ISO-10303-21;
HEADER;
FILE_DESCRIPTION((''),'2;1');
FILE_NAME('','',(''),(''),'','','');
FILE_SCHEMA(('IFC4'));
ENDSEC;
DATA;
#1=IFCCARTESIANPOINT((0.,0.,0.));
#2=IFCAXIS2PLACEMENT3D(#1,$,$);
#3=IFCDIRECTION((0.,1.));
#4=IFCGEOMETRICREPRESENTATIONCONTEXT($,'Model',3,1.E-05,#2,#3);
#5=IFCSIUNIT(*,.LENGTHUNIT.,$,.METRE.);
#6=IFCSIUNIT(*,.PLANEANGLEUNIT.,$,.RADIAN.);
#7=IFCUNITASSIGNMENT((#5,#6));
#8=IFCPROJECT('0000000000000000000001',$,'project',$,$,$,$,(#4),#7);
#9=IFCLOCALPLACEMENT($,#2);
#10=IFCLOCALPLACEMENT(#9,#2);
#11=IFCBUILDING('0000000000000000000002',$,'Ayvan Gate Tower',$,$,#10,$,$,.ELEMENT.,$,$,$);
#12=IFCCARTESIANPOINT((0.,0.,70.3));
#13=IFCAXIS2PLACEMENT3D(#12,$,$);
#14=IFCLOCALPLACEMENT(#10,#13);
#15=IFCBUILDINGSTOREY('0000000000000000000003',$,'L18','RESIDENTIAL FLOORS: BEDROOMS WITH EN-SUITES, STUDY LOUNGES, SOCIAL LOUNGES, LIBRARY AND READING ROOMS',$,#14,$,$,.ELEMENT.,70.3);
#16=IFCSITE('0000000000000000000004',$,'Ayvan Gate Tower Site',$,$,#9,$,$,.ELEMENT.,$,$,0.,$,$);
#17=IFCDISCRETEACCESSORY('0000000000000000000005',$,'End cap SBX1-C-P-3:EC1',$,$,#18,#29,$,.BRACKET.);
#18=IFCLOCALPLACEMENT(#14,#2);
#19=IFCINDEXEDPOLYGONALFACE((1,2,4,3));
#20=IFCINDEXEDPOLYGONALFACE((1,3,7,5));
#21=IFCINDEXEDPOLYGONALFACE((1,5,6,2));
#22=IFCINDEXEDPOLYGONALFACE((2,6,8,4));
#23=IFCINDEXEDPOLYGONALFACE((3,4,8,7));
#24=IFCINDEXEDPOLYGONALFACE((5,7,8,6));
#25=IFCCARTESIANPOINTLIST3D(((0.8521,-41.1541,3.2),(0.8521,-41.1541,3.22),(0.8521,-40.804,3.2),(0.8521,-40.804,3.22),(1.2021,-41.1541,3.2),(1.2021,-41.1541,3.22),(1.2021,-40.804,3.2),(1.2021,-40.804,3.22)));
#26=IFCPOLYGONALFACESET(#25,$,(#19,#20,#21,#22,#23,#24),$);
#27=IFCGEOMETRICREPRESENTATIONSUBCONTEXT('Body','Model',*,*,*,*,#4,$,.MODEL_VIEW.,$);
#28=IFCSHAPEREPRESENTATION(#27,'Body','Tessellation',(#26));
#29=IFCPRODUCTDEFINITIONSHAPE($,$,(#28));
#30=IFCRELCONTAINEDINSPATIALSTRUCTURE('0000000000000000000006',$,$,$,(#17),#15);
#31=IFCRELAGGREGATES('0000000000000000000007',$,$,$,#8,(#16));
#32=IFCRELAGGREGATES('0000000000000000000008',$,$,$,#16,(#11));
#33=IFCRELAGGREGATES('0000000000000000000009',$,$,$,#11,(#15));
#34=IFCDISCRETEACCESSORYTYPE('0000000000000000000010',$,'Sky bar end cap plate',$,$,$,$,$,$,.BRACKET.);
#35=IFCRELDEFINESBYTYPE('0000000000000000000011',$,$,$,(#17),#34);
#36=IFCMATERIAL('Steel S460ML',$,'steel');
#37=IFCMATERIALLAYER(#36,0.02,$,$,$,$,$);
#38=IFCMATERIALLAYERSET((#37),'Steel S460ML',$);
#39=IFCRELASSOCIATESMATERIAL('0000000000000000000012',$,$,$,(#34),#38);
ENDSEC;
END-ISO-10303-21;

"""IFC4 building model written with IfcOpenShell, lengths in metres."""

from ifc_helpers import new_model, si_unit, direction, frame, origin, origin_2d, place, context, subcontext, project, spatial, rectangle, extrude, material, layer, layer_set, type_object, element, save


model = new_model("IFC4")

# Units and contexts
model_context = context("Model", 3, precision=1e-05, world=origin(), true_north=direction((0.0, 1.0)))
body_context = subcontext(model_context, "Body", "Model", "MODEL_VIEW")
ifc_project = project(units=[si_unit("LENGTHUNIT", "METRE"), si_unit("PLANEANGLEUNIT", "RADIAN")], contexts=[model_context])

# Site, building, storey
site_placement = place(None, origin())
site = spatial("IfcSite", under=ifc_project, at=site_placement, Name="Ayvan Gate Tower Site", CompositionType="ELEMENT", RefElevation=0.0)
building_placement = place(site_placement, origin())
building = spatial("IfcBuilding", under=site, at=building_placement, Name="Ayvan Gate Tower", CompositionType="ELEMENT")
storey_placement = place(building_placement, frame((0.0, 0.0, 70.3)))
storey = spatial("IfcBuildingStorey", under=building, at=storey_placement, Name="L18", Description="RESIDENTIAL FLOORS: BEDROOMS WITH EN-SUITES, STUDY LOUNGES, SOCIAL LOUNGES, LIBRARY AND READING ROOMS", CompositionType="ELEMENT", Elevation=70.3)

# Discrete accessory
ifc_material_1 = material(Name="Steel S460ML", Category="steel")
ifc_layer_1 = layer(ifc_material_1, 0.02)
ifc_layer_set_1 = layer_set([ifc_layer_1], Name="Steel S460ML")
discrete_accessory_type_1 = type_object("IfcDiscreteAccessoryType", Name="Sky bar end cap plate", PredefinedType="BRACKET", material=ifc_layer_set_1)
discrete_accessory_placement = place(storey_placement, frame((1.0271, -40.979, 3.2), z_axis=(0.0, 0.0, 1.0), x_axis=(1.0, 0.0, 0.0)))
element("IfcDiscreteAccessory", 1, at=discrete_accessory_placement, inside=storey, type_object=discrete_accessory_type_1, Name="End cap SBX1-C-P-3:EC1", PredefinedType="BRACKET", context=body_context, shape_type="SweptSolid", body=[
    extrude(rectangle(XDim=0.3501, YDim=0.3501, at=origin_2d()), origin(), (0.0, 0.0, 1.0), 0.02),
])

save(model, "model.ifc")
